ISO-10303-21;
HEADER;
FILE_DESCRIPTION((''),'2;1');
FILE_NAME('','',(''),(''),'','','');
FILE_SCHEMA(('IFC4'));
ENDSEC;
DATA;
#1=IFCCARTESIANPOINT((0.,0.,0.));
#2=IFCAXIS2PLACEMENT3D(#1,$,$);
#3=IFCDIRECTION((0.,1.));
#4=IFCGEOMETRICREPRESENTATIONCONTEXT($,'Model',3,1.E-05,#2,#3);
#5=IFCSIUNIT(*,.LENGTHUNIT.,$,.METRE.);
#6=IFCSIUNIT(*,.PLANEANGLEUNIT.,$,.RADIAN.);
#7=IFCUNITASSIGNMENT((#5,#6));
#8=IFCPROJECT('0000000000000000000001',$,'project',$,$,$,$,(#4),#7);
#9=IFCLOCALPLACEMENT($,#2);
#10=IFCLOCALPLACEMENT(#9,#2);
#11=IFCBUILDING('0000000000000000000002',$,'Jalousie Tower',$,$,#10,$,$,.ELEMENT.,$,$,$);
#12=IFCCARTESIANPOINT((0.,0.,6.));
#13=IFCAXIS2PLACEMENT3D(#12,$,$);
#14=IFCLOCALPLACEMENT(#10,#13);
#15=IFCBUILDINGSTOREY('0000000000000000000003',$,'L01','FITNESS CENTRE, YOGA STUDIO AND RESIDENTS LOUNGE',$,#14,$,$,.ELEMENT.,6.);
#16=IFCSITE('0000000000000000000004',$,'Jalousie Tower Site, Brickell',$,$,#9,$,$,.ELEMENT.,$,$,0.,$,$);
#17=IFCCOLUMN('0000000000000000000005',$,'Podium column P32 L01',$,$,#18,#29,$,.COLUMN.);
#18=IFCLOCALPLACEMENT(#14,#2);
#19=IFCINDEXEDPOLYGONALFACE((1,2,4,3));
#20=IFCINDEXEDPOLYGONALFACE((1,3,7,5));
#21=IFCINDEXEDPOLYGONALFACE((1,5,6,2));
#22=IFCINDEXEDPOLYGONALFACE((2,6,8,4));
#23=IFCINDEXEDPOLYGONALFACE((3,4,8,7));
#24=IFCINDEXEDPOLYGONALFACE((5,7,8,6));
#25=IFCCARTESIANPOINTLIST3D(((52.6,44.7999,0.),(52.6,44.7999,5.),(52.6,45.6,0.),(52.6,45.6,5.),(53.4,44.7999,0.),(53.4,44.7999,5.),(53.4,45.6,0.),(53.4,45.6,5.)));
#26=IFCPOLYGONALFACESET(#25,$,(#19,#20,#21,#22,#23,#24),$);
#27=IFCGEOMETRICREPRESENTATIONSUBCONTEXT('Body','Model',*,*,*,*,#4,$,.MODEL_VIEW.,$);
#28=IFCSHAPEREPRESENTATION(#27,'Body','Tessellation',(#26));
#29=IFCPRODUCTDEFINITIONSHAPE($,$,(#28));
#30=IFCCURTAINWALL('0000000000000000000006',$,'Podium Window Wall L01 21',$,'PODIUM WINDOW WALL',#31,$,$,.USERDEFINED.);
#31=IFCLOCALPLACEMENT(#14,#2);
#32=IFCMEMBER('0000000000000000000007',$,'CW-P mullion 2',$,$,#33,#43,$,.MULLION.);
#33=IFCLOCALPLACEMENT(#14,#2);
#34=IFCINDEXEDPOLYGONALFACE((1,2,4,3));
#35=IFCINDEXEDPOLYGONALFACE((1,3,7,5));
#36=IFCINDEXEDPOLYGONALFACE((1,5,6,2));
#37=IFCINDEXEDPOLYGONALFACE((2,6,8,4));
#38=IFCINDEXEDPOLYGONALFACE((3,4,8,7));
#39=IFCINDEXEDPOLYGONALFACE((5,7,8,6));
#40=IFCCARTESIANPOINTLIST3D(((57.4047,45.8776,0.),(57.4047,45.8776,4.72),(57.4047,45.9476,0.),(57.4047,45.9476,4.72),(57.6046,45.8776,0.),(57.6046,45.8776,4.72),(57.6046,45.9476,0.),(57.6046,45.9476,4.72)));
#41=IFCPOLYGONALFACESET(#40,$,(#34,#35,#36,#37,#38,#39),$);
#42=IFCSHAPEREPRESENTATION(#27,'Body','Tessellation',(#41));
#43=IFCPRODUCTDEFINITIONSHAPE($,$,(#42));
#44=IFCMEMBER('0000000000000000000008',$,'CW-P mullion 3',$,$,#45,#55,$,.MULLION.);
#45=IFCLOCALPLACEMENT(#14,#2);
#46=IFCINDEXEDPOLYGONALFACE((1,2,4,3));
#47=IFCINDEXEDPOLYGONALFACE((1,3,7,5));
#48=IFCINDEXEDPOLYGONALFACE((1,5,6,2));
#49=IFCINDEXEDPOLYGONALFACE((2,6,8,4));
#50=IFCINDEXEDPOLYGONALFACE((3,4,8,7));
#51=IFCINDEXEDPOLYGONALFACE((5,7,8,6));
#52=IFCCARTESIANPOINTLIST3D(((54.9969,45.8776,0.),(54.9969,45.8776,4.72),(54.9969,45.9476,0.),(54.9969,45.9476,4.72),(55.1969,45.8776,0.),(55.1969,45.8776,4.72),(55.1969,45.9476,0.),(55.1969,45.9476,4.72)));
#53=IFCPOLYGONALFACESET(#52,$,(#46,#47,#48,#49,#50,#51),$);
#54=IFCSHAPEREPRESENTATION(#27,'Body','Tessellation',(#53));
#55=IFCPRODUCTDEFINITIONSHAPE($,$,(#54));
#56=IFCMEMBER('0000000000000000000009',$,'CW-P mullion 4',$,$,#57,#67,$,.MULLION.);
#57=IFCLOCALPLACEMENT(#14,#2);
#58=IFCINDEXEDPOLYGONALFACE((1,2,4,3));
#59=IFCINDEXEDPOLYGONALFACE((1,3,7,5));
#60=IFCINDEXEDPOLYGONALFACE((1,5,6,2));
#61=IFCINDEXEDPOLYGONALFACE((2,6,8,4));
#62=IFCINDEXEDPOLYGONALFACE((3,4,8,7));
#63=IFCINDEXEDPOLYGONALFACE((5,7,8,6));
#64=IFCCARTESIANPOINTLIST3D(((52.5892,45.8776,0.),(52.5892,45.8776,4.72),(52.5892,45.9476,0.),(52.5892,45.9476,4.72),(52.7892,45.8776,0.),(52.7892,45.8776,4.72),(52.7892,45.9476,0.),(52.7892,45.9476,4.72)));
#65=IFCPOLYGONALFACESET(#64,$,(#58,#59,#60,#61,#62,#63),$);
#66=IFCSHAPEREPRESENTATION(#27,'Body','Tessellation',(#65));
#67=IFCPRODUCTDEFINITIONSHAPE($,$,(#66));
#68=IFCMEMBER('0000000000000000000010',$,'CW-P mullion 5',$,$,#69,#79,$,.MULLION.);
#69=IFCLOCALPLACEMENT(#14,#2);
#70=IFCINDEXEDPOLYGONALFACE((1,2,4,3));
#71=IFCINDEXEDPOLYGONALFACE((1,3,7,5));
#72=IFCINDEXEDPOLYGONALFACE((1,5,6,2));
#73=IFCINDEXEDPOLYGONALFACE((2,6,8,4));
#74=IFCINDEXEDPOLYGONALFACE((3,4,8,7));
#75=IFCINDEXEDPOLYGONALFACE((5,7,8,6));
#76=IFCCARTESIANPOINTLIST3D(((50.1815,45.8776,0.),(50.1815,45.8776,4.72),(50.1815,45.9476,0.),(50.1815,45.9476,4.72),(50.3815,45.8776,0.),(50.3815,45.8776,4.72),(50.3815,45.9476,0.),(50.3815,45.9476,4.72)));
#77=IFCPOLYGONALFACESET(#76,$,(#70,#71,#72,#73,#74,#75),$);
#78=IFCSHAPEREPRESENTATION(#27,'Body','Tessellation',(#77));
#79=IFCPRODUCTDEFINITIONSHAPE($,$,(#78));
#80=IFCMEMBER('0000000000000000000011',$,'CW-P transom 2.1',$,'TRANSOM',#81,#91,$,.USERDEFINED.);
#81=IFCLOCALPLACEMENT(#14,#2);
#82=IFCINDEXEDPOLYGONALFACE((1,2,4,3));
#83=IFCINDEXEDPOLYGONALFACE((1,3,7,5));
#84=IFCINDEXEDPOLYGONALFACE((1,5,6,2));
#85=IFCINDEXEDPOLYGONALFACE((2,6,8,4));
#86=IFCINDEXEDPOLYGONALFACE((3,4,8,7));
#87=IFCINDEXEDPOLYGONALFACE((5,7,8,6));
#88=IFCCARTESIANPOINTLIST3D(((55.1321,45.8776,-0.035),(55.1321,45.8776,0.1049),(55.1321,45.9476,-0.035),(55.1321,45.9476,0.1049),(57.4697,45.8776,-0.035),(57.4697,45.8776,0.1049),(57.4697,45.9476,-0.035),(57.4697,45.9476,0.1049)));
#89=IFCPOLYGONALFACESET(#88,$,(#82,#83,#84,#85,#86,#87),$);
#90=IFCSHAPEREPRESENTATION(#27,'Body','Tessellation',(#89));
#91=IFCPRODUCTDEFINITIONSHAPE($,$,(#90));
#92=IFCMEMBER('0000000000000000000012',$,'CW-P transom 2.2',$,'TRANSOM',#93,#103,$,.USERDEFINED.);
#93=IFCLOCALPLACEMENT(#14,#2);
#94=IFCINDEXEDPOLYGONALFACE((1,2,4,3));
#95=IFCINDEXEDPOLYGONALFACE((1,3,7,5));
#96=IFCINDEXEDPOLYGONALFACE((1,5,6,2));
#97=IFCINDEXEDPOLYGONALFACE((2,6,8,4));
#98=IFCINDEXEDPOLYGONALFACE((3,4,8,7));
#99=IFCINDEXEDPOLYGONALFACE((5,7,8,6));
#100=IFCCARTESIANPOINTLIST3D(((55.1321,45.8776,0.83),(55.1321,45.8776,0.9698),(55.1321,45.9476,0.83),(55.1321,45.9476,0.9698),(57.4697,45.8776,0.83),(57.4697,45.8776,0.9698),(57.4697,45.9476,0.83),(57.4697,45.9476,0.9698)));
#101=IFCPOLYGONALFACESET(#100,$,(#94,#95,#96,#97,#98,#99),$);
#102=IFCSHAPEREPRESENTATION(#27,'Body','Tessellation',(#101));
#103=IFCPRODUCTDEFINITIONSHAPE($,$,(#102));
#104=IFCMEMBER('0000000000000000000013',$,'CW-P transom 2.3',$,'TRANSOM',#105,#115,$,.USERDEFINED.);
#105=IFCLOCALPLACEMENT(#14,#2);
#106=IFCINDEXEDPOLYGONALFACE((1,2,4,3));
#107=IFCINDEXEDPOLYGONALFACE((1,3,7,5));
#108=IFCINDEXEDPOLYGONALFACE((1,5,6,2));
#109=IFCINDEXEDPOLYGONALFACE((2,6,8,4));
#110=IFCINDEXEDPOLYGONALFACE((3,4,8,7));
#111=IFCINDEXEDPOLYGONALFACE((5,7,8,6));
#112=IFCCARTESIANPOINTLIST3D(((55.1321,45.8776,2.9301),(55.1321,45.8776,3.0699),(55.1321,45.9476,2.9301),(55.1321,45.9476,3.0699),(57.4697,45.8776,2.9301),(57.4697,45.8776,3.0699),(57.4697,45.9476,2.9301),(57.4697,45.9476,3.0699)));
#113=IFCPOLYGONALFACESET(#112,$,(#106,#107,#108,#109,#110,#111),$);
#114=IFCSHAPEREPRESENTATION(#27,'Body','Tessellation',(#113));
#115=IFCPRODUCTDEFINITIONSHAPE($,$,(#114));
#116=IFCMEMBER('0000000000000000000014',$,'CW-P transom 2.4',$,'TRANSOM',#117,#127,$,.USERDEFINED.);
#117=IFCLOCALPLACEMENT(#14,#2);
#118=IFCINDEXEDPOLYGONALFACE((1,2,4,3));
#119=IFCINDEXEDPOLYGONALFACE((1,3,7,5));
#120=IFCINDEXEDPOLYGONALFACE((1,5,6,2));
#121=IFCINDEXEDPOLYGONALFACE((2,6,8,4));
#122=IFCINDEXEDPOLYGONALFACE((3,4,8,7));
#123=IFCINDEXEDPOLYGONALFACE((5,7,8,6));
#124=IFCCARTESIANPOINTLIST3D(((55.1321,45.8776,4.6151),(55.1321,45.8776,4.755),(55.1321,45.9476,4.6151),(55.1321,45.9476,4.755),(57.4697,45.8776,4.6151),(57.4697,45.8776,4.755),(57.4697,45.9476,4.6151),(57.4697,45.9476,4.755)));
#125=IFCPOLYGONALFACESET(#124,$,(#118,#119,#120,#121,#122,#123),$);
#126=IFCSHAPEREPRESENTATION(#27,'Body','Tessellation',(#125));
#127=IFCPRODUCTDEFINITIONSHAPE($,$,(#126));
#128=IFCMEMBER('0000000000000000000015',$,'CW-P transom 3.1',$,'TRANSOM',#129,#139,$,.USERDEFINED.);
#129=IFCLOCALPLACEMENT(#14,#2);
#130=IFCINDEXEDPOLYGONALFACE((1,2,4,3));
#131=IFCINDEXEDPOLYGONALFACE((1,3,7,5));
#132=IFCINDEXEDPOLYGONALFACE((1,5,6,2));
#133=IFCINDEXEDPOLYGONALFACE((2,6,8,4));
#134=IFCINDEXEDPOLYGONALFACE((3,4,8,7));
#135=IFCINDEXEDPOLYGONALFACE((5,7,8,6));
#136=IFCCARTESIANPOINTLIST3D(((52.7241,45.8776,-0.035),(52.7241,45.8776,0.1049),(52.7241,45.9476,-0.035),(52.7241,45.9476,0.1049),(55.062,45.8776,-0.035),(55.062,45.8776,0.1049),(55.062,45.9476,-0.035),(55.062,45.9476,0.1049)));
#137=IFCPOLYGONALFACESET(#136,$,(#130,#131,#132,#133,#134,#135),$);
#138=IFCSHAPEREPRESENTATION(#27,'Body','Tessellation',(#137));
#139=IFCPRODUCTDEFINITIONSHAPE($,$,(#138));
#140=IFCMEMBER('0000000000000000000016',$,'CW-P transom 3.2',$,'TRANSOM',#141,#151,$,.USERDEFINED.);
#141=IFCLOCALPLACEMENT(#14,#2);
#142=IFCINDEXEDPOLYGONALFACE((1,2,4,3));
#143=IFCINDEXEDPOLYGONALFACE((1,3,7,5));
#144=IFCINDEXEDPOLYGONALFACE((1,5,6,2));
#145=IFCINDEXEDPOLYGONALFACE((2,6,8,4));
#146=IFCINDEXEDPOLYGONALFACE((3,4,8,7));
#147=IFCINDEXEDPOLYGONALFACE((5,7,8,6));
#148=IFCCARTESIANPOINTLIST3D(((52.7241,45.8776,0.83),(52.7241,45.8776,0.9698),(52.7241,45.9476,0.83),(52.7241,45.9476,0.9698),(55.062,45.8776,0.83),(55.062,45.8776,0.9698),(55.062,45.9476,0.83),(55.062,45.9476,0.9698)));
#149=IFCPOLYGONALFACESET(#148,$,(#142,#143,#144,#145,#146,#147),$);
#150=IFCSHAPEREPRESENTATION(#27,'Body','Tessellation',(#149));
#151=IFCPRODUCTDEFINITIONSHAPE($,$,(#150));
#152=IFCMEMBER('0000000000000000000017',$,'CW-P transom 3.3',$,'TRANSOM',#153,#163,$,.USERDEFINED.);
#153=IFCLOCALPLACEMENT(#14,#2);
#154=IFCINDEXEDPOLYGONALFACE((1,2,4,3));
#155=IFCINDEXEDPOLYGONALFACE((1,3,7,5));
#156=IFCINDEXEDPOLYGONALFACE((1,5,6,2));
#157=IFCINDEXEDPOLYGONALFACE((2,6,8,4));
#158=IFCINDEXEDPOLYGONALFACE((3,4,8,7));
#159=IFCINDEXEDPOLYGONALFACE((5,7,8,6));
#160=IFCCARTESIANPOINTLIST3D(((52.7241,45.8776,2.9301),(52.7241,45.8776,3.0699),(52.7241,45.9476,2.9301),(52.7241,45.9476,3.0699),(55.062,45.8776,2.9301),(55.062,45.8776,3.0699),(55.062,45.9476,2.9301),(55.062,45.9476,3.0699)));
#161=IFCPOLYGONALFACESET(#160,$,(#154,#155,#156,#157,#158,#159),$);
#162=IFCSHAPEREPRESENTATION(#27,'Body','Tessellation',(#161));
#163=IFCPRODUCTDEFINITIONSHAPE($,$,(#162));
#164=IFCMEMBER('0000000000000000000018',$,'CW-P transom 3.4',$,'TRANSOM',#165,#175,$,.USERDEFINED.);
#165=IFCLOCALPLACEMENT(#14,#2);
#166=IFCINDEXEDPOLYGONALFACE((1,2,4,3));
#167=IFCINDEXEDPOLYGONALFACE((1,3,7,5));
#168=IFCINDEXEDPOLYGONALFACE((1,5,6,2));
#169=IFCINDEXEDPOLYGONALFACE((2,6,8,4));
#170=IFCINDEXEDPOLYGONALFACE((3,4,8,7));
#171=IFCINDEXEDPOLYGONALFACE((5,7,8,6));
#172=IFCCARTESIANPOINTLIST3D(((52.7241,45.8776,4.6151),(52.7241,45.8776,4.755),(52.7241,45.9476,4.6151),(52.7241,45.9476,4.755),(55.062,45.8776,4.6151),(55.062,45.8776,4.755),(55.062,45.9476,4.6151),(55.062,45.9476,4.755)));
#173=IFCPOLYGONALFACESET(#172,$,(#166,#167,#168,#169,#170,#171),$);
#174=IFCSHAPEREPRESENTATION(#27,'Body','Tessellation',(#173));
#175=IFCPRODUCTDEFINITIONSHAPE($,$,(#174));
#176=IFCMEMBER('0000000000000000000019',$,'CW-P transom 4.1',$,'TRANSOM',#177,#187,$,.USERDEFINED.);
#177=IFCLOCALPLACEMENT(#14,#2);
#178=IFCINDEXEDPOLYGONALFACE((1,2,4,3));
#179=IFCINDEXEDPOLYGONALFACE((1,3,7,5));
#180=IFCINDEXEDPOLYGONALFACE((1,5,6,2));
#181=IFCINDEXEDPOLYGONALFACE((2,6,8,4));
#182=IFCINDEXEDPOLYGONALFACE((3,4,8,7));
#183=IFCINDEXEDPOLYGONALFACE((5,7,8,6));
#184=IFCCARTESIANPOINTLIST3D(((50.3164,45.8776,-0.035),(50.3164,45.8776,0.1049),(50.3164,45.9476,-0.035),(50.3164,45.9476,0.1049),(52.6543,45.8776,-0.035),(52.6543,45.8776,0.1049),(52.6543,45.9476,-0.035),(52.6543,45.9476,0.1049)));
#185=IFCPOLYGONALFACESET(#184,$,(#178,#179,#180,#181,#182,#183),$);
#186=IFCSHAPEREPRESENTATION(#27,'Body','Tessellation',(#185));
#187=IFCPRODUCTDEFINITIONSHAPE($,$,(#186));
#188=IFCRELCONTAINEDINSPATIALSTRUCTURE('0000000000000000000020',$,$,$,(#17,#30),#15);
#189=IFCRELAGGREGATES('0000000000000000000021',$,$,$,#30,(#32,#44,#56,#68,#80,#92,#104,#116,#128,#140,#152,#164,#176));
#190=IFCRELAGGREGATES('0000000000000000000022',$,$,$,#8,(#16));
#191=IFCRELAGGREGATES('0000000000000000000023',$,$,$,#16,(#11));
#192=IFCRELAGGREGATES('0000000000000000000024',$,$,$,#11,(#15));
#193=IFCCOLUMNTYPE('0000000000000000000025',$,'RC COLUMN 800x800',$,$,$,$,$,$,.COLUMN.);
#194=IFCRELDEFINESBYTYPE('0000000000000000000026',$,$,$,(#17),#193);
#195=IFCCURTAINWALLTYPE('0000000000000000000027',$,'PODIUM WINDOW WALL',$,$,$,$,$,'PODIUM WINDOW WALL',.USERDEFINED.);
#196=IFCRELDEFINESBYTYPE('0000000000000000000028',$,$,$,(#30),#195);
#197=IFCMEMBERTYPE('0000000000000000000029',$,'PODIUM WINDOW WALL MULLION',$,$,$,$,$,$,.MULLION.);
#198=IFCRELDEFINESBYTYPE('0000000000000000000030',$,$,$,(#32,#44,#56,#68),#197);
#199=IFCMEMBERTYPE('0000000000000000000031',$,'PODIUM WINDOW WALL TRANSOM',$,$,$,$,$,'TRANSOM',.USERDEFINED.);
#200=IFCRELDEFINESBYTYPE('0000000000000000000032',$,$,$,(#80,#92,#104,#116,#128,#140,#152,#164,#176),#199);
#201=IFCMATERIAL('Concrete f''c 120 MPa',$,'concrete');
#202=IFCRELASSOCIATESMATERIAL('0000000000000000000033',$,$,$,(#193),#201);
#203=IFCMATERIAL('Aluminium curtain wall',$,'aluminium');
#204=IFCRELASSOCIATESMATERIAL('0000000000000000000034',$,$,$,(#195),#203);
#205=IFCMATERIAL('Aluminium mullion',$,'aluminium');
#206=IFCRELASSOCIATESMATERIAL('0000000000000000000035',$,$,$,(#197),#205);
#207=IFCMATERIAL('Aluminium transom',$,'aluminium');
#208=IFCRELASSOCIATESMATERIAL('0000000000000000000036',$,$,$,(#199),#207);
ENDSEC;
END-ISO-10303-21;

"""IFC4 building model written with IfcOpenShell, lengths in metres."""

from ifc_helpers import new_model, si_unit, direction, frame, origin, origin_2d, place, context, subcontext, project, spatial, rectangle, extrude, material, material_profile, profile_set, type_object, element, aggregate, save


model = new_model("IFC4")

# Units and contexts
model_context = context("Model", 3, precision=1e-05, world=origin(), true_north=direction((0.0, 1.0)))
body_context = subcontext(model_context, "Body", "Model", "MODEL_VIEW")
ifc_project = project(units=[si_unit("LENGTHUNIT", "METRE"), si_unit("PLANEANGLEUNIT", "RADIAN")], contexts=[model_context])

# Site, building, storey
site_placement = place(None, origin())
site = spatial("IfcSite", under=ifc_project, at=site_placement, Name="Jalousie Tower Site, Brickell", CompositionType="ELEMENT", RefElevation=0.0)
building_placement = place(site_placement, origin())
building = spatial("IfcBuilding", under=site, at=building_placement, Name="Jalousie Tower", CompositionType="ELEMENT")
storey_placement = place(building_placement, frame((0.0, 0.0, 6.0)))
storey = spatial("IfcBuildingStorey", under=building, at=storey_placement, Name="L01", Description="FITNESS CENTRE, YOGA STUDIO AND RESIDENTS LOUNGE", CompositionType="ELEMENT", Elevation=6.0)

# Column
ifc_material_1 = material(Name="Concrete f'c 120 MPa", Category="concrete")
ifc_material_profile_1 = material_profile(ifc_material_1, rectangle(XDim=0.8, YDim=0.8, at=origin_2d()), Name="RC 800x800")
ifc_profile_set_1 = profile_set([ifc_material_profile_1], Name="Concrete f'c 120 MPa")
column_type = type_object("IfcColumnType", Name="RC COLUMN 800x800", PredefinedType="COLUMN", material=ifc_profile_set_1)
column_placement = place(storey_placement, frame((53.0, 45.2, 0.0), z_axis=(0.0, 0.0, 1.0), x_axis=(1.0, 0.0, 0.0)))
element("IfcColumn", 1, at=column_placement, inside=storey, type_object=column_type, Name="Podium column P32 L01", PredefinedType="COLUMN", context=body_context, shape_type="SweptSolid", body=[
    extrude(rectangle(XDim=0.8, YDim=0.8, at=origin_2d()), origin(), (0.0, 0.0, 1.0), 5.0),
])

# Curtain wall, members
ifc_material_2 = material(Name="Aluminium curtain wall", Category="aluminium")
curtain_wall_type = type_object("IfcCurtainWallType", Name="PODIUM WINDOW WALL", ElementType="PODIUM WINDOW WALL", PredefinedType="USERDEFINED", material=ifc_material_2)
curtain_wall_placement = place(storey_placement, origin())
curtain_wall = element("IfcCurtainWall", 2, at=curtain_wall_placement, inside=storey, type_object=curtain_wall_type, Name="Podium Window Wall L01 21", ObjectType="PODIUM WINDOW WALL", PredefinedType="USERDEFINED")
ifc_material_3 = material(Name="Aluminium mullion", Category="aluminium")
ifc_material_profile_2 = material_profile(ifc_material_3, rectangle(XDim=0.0701, YDim=0.2, at=origin_2d()), Name="MULLION 70x200")
ifc_profile_set_2 = profile_set([ifc_material_profile_2], Name="Aluminium mullion")
member_type_1 = type_object("IfcMemberType", Name="PODIUM WINDOW WALL MULLION", PredefinedType="MULLION", material=ifc_profile_set_2)
member_1_placement = place(storey_placement, frame((57.5046, 45.9126, 0.0), z_axis=(0.0, 0.0, 1.0), x_axis=(0.0, -1.0, 0.0)))
member_1 = element("IfcMember", 3, at=member_1_placement, type_object=member_type_1, Name="CW-P mullion 2", PredefinedType="MULLION", context=body_context, shape_type="SweptSolid", body=[
    extrude(rectangle(XDim=0.0701, YDim=0.2, at=origin_2d()), origin(), (0.0, 0.0, 1.0), 4.72),
])
member_2_placement = place(storey_placement, frame((55.0969, 45.9126, 0.0), z_axis=(0.0, 0.0, 1.0), x_axis=(0.0, -1.0, 0.0)))
member_2 = element("IfcMember", 4, at=member_2_placement, type_object=member_type_1, Name="CW-P mullion 3", PredefinedType="MULLION", context=body_context, shape_type="SweptSolid", body=[
    extrude(rectangle(XDim=0.0701, YDim=0.2, at=origin_2d()), origin(), (0.0, 0.0, 1.0), 4.72),
])
member_3_placement = place(storey_placement, frame((52.6892, 45.9126, 0.0), z_axis=(0.0, 0.0, 1.0), x_axis=(0.0, -1.0, 0.0)))
member_3 = element("IfcMember", 5, at=member_3_placement, type_object=member_type_1, Name="CW-P mullion 4", PredefinedType="MULLION", context=body_context, shape_type="SweptSolid", body=[
    extrude(rectangle(XDim=0.0701, YDim=0.2, at=origin_2d()), origin(), (0.0, 0.0, 1.0), 4.72),
])
member_4_placement = place(storey_placement, frame((50.2815, 45.9126, 0.0), z_axis=(0.0, 0.0, 1.0), x_axis=(0.0, -1.0, 0.0)))
member_4 = element("IfcMember", 6, at=member_4_placement, type_object=member_type_1, Name="CW-P mullion 5", PredefinedType="MULLION", context=body_context, shape_type="SweptSolid", body=[
    extrude(rectangle(XDim=0.0701, YDim=0.2, at=origin_2d()), origin(), (0.0, 0.0, 1.0), 4.72),
])
ifc_material_4 = material(Name="Aluminium transom", Category="aluminium")
ifc_material_profile_3 = material_profile(ifc_material_4, rectangle(XDim=0.0701, YDim=0.1399, at=origin_2d()), Name="TRANSOM 70x140")
ifc_profile_set_3 = profile_set([ifc_material_profile_3], Name="Aluminium transom")
member_type_2 = type_object("IfcMemberType", Name="PODIUM WINDOW WALL TRANSOM", ElementType="TRANSOM", PredefinedType="USERDEFINED", material=ifc_profile_set_3)
member_5_placement = place(storey_placement, frame((57.4697, 45.9126, 0.0349), z_axis=(-1.0, 0.0, 0.0), x_axis=(0.0, -1.0, 0.0)))
member_5 = element("IfcMember", 7, at=member_5_placement, type_object=member_type_2, Name="CW-P transom 2.1", ObjectType="TRANSOM", PredefinedType="USERDEFINED", context=body_context, shape_type="SweptSolid", body=[
    extrude(rectangle(XDim=0.0701, YDim=0.1399, at=origin_2d()), origin(), (0.0, 0.0, 1.0), 2.3376),
])
member_6_placement = place(storey_placement, frame((57.4697, 45.9126, 0.8999), z_axis=(-1.0, 0.0, 0.0), x_axis=(0.0, -1.0, 0.0)))
member_6 = element("IfcMember", 8, at=member_6_placement, type_object=member_type_2, Name="CW-P transom 2.2", ObjectType="TRANSOM", PredefinedType="USERDEFINED", context=body_context, shape_type="SweptSolid", body=[
    extrude(rectangle(XDim=0.0701, YDim=0.1399, at=origin_2d()), origin(), (0.0, 0.0, 1.0), 2.3376),
])
member_7_placement = place(storey_placement, frame((57.4697, 45.9126, 3.0), z_axis=(-1.0, 0.0, 0.0), x_axis=(0.0, -1.0, 0.0)))
member_7 = element("IfcMember", 9, at=member_7_placement, type_object=member_type_2, Name="CW-P transom 2.3", ObjectType="TRANSOM", PredefinedType="USERDEFINED", context=body_context, shape_type="SweptSolid", body=[
    extrude(rectangle(XDim=0.0701, YDim=0.1399, at=origin_2d()), origin(), (0.0, 0.0, 1.0), 2.3376),
])
member_8_placement = place(storey_placement, frame((57.4697, 45.9126, 4.6851), z_axis=(-1.0, 0.0, 0.0), x_axis=(0.0, -1.0, 0.0)))
member_8 = element("IfcMember", 10, at=member_8_placement, type_object=member_type_2, Name="CW-P transom 2.4", ObjectType="TRANSOM", PredefinedType="USERDEFINED", context=body_context, shape_type="SweptSolid", body=[
    extrude(rectangle(XDim=0.0701, YDim=0.1399, at=origin_2d()), origin(), (0.0, 0.0, 1.0), 2.3376),
])
member_9_placement = place(storey_placement, frame((55.062, 45.9126, 0.0349), z_axis=(-1.0, 0.0, 0.0), x_axis=(0.0, -1.0, 0.0)))
member_9 = element("IfcMember", 11, at=member_9_placement, type_object=member_type_2, Name="CW-P transom 3.1", ObjectType="TRANSOM", PredefinedType="USERDEFINED", context=body_context, shape_type="SweptSolid", body=[
    extrude(rectangle(XDim=0.0701, YDim=0.1399, at=origin_2d()), origin(), (0.0, 0.0, 1.0), 2.3379),
])
member_10_placement = place(storey_placement, frame((55.062, 45.9126, 0.8999), z_axis=(-1.0, 0.0, 0.0), x_axis=(0.0, -1.0, 0.0)))
member_10 = element("IfcMember", 12, at=member_10_placement, type_object=member_type_2, Name="CW-P transom 3.2", ObjectType="TRANSOM", PredefinedType="USERDEFINED", context=body_context, shape_type="SweptSolid", body=[
    extrude(rectangle(XDim=0.0701, YDim=0.1399, at=origin_2d()), origin(), (0.0, 0.0, 1.0), 2.3379),
])
member_11_placement = place(storey_placement, frame((55.062, 45.9126, 3.0), z_axis=(-1.0, 0.0, 0.0), x_axis=(0.0, -1.0, 0.0)))
member_11 = element("IfcMember", 13, at=member_11_placement, type_object=member_type_2, Name="CW-P transom 3.3", ObjectType="TRANSOM", PredefinedType="USERDEFINED", context=body_context, shape_type="SweptSolid", body=[
    extrude(rectangle(XDim=0.0701, YDim=0.1399, at=origin_2d()), origin(), (0.0, 0.0, 1.0), 2.3379),
])
member_12_placement = place(storey_placement, frame((55.062, 45.9126, 4.6851), z_axis=(-1.0, 0.0, 0.0), x_axis=(0.0, -1.0, 0.0)))
member_12 = element("IfcMember", 14, at=member_12_placement, type_object=member_type_2, Name="CW-P transom 3.4", ObjectType="TRANSOM", PredefinedType="USERDEFINED", context=body_context, shape_type="SweptSolid", body=[
    extrude(rectangle(XDim=0.0701, YDim=0.1399, at=origin_2d()), origin(), (0.0, 0.0, 1.0), 2.3379),
])
member_13_placement = place(storey_placement, frame((52.6543, 45.9126, 0.0349), z_axis=(-1.0, 0.0, 0.0), x_axis=(0.0, -1.0, 0.0)))
member_13 = element("IfcMember", 15, at=member_13_placement, type_object=member_type_2, Name="CW-P transom 4.1", ObjectType="TRANSOM", PredefinedType="USERDEFINED", context=body_context, shape_type="SweptSolid", body=[
    extrude(rectangle(XDim=0.0701, YDim=0.1399, at=origin_2d()), origin(), (0.0, 0.0, 1.0), 2.3379),
])

aggregate(curtain_wall, [member_1, member_2, member_3, member_4, member_5, member_6, member_7, member_8, member_9, member_10, member_11, member_12, member_13])

save(model, "model.ifc")
